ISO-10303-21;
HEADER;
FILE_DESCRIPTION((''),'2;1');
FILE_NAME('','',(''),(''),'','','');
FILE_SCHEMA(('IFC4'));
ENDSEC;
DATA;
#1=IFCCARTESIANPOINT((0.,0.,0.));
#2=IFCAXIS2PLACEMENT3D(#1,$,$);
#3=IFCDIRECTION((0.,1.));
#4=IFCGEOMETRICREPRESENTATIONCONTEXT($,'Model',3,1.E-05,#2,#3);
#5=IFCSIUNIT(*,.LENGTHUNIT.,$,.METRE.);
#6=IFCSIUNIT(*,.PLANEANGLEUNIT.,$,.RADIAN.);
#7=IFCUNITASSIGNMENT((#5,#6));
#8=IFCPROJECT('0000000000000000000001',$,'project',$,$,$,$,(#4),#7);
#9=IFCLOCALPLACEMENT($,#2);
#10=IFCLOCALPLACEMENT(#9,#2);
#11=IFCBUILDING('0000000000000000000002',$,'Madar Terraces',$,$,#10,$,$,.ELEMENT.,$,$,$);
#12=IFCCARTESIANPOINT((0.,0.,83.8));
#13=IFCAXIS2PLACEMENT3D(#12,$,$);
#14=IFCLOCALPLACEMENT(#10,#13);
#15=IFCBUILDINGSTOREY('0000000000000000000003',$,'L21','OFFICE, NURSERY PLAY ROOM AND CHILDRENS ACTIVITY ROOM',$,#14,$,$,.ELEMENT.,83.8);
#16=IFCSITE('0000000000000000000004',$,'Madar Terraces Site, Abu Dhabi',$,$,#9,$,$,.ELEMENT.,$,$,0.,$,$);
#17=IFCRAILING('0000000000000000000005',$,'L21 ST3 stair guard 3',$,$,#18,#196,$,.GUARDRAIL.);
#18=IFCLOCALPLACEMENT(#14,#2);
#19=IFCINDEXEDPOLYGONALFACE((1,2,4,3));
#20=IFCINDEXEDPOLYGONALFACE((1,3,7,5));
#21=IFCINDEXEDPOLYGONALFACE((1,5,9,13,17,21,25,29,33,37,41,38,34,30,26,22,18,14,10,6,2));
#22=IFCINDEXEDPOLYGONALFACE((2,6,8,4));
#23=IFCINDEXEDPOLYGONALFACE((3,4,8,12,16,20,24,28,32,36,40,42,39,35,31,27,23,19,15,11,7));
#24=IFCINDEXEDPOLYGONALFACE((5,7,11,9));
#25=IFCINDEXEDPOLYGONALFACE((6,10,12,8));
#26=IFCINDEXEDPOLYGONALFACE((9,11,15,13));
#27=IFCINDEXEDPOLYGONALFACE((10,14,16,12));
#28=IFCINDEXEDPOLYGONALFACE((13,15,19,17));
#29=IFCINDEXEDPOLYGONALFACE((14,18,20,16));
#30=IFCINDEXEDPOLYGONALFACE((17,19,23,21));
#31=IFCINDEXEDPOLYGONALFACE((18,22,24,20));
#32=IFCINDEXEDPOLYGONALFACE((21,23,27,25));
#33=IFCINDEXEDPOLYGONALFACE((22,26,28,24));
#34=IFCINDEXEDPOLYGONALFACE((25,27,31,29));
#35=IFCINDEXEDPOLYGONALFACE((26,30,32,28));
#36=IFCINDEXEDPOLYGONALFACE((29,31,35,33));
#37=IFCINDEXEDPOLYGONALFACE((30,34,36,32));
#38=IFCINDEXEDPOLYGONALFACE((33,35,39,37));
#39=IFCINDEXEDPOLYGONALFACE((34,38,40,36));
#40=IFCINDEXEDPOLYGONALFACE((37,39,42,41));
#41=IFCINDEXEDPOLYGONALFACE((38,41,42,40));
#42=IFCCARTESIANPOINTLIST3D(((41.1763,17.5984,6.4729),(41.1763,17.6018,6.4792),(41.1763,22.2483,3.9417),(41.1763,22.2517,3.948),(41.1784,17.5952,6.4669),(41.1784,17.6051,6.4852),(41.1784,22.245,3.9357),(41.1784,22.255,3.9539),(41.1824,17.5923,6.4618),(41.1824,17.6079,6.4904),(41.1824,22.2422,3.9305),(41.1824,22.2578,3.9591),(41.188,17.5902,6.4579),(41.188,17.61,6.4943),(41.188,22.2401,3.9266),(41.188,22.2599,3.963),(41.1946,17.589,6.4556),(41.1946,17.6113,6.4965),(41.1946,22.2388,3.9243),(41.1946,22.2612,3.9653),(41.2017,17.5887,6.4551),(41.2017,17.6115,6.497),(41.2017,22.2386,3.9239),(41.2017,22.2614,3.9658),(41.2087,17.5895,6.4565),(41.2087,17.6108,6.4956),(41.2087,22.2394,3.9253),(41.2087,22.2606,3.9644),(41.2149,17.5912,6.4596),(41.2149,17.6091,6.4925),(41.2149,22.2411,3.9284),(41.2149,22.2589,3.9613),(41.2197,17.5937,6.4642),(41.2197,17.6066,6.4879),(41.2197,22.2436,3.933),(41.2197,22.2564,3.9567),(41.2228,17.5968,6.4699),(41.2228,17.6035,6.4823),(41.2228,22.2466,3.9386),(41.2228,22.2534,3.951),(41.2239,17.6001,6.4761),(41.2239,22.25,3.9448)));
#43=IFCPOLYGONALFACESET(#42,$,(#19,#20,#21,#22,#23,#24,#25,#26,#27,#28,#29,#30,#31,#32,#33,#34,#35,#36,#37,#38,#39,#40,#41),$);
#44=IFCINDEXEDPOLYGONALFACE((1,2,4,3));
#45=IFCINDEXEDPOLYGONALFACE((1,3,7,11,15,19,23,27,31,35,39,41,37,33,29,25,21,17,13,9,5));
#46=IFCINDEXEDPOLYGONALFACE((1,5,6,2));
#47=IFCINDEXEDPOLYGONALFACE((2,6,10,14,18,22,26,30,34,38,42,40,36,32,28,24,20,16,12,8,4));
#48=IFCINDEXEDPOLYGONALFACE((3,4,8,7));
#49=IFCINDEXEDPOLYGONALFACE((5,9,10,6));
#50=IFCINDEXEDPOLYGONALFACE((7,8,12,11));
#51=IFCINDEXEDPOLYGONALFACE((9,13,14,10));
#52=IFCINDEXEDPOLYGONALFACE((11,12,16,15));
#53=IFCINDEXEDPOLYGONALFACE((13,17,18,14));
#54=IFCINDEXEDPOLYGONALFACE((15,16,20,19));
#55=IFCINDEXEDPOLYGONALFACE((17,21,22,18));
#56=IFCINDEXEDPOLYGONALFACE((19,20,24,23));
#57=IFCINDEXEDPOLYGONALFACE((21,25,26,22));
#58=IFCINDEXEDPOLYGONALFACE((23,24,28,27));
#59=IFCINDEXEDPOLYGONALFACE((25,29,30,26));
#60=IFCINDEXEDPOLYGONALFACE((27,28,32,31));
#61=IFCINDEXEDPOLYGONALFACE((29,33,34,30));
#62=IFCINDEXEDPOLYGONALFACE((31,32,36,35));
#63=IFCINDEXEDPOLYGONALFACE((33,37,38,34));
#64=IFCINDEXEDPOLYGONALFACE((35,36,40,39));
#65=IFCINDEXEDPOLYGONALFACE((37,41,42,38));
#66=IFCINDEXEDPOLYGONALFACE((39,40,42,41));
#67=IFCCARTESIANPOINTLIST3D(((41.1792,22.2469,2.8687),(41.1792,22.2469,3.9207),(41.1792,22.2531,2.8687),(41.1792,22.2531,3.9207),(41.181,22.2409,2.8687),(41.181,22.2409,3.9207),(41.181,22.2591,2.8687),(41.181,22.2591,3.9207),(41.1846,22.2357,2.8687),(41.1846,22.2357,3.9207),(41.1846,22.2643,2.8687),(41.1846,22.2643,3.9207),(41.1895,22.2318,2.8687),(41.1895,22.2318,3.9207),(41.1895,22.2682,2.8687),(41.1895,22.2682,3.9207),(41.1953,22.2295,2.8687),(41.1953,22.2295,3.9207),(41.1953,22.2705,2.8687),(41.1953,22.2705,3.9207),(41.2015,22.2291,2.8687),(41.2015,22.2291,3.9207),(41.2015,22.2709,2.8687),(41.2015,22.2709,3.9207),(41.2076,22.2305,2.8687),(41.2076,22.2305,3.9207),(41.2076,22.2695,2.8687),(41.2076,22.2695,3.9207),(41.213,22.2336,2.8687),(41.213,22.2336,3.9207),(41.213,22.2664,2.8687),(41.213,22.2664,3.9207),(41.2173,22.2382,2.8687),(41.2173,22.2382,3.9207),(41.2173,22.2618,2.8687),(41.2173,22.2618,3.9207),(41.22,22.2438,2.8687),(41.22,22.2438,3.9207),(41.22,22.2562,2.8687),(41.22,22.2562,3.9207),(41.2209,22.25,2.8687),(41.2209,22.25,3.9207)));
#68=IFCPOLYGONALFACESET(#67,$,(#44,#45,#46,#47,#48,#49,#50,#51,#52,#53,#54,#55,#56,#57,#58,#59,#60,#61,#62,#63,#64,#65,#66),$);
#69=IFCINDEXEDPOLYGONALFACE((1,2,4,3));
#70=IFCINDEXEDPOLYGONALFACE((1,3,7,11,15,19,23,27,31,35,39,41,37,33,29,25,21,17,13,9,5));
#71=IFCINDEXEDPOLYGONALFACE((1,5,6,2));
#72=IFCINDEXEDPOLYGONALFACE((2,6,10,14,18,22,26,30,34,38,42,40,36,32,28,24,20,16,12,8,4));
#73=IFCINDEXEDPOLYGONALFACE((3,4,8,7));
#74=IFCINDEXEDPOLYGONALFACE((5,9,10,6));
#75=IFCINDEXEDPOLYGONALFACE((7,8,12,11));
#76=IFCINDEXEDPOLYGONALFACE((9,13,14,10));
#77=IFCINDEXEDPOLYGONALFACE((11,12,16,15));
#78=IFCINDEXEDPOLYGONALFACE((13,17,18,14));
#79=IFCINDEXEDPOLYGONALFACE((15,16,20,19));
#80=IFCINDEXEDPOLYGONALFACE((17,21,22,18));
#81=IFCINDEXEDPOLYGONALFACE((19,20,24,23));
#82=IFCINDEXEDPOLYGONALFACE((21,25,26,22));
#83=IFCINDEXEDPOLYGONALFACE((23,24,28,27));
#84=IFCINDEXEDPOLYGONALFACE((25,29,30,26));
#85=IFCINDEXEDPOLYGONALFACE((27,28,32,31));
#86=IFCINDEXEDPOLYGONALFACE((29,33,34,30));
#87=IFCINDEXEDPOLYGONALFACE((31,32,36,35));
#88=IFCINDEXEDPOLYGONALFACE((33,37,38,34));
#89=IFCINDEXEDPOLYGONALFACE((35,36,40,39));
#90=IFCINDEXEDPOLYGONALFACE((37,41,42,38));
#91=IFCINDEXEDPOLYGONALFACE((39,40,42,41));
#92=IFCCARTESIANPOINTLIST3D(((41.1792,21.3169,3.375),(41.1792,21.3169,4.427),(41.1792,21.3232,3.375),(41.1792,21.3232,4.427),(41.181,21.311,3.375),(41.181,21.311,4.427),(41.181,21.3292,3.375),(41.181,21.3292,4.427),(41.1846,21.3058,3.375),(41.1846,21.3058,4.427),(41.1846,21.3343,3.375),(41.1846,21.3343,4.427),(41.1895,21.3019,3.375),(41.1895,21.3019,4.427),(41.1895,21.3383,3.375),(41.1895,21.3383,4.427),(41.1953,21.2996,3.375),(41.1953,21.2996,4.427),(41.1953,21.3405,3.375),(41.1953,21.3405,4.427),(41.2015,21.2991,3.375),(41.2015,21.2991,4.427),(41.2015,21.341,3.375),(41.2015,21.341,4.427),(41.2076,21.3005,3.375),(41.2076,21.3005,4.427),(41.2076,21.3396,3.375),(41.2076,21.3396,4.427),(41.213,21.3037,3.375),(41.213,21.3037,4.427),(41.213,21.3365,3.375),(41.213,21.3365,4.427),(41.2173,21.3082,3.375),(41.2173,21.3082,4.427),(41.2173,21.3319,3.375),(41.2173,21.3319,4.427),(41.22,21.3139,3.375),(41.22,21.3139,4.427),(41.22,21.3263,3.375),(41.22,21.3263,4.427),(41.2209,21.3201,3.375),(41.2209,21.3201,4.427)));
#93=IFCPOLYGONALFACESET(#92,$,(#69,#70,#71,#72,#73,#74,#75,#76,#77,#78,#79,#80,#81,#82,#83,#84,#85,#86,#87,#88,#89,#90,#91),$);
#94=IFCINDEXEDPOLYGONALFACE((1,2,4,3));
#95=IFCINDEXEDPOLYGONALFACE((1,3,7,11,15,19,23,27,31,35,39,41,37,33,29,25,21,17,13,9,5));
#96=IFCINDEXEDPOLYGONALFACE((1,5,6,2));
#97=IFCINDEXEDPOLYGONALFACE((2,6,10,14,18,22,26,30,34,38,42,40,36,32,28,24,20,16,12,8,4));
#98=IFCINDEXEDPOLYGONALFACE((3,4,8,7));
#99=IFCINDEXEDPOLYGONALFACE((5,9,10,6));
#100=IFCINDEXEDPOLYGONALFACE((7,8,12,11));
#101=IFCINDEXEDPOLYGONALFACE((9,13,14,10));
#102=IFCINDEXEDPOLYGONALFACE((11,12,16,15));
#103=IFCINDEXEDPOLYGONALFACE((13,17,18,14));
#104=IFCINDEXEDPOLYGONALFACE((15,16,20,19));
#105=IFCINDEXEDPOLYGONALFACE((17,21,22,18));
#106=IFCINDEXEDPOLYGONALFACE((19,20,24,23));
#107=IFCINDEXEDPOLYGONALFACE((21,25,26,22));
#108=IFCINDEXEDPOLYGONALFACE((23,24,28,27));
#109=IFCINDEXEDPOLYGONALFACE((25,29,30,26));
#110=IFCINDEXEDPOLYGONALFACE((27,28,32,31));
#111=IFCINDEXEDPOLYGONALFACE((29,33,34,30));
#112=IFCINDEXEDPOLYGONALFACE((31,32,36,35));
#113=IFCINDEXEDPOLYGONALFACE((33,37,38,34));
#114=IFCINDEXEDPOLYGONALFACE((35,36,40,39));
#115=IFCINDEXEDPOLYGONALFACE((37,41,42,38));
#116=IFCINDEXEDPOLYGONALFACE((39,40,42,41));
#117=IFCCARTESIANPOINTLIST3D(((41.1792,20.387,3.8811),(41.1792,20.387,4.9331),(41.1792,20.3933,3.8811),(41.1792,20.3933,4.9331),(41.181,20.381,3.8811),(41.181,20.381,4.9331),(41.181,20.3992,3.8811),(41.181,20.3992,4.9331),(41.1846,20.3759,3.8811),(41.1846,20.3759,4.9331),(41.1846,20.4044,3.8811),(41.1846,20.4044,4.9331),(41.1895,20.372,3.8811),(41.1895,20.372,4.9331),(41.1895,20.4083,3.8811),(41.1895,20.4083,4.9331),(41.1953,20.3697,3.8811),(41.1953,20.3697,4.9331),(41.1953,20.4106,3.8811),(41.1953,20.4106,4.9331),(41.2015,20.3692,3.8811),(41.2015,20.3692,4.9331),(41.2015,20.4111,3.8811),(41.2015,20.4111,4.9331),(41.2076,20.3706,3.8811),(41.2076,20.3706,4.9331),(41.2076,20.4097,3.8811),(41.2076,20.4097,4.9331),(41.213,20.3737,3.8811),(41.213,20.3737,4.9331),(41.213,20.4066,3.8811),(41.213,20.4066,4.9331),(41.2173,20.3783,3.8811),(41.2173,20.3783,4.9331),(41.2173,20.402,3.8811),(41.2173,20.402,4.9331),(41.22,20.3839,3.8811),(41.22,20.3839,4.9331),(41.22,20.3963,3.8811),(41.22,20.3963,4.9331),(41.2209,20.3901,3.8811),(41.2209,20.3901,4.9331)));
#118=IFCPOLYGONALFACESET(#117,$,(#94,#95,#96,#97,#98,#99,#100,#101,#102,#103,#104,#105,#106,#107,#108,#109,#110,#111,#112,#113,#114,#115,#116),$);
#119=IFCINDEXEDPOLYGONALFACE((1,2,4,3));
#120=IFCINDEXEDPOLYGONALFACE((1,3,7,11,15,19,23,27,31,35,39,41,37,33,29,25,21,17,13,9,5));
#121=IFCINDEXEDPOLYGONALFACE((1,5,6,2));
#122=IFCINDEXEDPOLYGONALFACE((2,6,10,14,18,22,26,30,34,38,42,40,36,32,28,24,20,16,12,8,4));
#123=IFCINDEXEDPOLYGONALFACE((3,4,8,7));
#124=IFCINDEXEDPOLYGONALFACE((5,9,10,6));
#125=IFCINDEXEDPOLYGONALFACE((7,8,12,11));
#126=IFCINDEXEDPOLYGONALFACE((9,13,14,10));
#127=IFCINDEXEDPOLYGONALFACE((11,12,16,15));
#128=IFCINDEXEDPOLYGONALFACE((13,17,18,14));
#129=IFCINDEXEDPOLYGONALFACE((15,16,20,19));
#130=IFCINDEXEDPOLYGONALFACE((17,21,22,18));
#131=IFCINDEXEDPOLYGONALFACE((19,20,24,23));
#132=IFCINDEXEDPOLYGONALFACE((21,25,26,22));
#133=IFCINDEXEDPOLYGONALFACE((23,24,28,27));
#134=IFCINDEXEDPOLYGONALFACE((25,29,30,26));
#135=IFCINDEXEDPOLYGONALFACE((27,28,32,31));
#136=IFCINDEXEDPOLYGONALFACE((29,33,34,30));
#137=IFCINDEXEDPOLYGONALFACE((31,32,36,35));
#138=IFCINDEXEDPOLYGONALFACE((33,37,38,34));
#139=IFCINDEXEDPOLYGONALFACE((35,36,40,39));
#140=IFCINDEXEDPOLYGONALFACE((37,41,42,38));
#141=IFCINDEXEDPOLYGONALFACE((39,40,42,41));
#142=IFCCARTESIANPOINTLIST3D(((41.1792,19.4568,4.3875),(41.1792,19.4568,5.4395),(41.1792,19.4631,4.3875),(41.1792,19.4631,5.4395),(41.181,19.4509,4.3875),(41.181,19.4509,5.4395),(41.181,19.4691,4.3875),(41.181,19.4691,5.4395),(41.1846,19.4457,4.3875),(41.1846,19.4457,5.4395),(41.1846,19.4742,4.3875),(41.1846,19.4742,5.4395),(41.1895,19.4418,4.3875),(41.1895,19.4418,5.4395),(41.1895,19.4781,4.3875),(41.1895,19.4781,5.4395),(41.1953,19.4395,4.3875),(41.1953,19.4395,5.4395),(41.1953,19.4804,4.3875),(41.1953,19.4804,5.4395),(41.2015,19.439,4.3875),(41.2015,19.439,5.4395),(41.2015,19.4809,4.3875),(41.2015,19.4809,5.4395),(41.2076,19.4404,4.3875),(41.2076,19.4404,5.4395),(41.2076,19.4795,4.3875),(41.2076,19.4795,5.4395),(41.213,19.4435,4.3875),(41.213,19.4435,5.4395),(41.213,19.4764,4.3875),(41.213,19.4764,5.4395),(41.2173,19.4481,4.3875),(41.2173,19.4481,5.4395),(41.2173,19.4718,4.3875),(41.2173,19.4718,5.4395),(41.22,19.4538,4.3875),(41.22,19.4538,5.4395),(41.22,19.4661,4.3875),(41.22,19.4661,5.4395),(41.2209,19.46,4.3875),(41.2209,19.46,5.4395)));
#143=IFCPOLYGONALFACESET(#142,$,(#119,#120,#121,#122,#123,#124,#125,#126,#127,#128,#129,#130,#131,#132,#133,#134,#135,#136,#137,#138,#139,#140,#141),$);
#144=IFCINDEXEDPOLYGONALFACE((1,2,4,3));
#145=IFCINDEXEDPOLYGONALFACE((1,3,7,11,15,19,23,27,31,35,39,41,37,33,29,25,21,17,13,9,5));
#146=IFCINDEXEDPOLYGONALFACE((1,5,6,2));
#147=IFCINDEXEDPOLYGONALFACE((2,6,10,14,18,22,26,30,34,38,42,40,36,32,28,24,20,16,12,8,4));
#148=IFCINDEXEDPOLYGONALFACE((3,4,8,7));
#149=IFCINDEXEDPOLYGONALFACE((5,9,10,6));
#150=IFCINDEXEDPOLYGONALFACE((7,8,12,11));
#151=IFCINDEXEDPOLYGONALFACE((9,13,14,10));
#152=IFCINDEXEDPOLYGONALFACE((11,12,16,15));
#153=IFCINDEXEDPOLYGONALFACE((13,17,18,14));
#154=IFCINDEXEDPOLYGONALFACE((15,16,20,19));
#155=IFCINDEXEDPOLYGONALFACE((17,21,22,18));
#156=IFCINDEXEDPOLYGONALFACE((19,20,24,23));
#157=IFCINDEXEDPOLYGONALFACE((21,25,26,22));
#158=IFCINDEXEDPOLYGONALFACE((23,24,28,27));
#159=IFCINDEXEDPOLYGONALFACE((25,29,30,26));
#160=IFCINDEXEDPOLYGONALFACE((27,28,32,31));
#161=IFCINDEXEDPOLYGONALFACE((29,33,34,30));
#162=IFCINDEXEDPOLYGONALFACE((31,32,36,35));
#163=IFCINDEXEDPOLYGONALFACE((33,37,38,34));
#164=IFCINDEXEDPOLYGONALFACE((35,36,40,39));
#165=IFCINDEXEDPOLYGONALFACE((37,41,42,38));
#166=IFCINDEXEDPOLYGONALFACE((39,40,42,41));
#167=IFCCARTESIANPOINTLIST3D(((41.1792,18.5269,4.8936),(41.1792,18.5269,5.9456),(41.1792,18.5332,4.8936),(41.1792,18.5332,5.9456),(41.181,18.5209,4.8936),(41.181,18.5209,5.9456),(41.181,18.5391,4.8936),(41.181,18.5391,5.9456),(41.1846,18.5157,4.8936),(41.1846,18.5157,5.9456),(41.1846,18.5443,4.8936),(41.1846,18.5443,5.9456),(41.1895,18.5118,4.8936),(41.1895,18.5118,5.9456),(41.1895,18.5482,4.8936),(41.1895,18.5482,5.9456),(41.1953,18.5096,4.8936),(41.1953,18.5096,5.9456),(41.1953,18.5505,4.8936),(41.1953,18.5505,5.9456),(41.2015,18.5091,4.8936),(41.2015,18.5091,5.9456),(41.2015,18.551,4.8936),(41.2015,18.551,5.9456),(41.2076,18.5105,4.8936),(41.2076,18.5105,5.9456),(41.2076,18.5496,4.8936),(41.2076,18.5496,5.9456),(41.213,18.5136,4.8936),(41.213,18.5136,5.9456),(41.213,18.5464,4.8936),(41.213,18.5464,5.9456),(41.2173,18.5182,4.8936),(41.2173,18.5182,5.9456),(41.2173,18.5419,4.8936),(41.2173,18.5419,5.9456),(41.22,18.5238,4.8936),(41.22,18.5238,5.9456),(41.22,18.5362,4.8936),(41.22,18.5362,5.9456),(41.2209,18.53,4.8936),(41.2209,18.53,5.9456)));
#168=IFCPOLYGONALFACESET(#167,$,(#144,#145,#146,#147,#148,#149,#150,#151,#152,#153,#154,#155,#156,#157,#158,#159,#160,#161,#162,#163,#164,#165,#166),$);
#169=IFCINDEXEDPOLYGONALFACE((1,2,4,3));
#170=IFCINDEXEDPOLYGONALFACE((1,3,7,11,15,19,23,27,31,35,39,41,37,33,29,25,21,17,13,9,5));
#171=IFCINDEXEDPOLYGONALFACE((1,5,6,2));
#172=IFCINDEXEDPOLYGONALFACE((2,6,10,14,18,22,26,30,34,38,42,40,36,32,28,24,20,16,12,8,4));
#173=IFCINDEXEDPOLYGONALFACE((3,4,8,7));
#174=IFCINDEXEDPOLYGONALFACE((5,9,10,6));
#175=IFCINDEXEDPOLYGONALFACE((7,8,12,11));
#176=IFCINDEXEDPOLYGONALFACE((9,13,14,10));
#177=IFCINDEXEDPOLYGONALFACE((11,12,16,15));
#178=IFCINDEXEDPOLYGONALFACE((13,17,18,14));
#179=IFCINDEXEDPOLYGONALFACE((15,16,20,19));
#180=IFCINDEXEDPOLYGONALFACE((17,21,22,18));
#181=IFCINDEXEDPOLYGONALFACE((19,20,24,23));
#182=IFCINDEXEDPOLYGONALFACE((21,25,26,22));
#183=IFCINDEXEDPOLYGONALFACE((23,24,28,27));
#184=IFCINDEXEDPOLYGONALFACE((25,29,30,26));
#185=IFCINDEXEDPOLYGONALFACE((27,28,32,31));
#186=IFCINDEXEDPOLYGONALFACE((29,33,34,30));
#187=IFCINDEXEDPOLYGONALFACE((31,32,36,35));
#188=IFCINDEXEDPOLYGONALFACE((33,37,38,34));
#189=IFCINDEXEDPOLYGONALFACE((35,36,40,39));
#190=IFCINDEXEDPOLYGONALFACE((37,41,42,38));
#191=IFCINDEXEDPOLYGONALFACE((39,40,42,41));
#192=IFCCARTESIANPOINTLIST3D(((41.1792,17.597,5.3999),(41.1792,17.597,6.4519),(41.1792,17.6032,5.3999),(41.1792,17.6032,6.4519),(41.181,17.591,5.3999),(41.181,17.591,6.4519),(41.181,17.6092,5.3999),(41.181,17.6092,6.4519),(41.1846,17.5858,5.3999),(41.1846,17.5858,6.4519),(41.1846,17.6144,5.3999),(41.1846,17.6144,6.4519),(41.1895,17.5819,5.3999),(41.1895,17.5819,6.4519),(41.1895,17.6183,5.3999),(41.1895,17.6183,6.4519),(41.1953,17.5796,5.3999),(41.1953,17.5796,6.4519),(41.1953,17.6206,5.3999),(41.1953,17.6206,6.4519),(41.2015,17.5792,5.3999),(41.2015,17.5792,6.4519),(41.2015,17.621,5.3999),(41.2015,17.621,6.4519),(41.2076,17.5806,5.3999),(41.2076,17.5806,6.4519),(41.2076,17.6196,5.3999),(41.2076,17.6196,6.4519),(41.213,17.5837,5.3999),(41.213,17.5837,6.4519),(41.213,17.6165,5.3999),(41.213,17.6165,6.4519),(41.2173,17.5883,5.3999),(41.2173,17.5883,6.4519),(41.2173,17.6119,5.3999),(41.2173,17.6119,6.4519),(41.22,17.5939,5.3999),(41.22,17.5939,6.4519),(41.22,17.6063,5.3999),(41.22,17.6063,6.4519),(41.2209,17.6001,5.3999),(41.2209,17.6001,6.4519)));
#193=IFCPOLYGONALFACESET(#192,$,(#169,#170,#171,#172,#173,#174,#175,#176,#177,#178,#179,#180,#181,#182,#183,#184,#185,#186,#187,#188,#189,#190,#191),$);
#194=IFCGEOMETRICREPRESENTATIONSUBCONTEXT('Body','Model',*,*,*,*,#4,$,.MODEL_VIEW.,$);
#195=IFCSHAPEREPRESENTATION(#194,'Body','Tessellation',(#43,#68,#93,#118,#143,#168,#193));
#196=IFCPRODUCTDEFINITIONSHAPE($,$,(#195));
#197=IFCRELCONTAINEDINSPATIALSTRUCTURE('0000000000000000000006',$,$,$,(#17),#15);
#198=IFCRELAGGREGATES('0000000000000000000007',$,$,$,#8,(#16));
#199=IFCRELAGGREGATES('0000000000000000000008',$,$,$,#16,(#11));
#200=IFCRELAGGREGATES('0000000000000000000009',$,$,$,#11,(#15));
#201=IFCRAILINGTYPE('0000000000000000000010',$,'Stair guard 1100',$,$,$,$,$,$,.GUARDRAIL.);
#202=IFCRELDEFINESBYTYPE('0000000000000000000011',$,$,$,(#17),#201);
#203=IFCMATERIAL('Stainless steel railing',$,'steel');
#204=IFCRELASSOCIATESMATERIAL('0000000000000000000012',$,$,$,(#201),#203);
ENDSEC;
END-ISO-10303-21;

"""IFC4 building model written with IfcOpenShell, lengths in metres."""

from ifc_helpers import new_model, si_unit, direction, frame, origin, origin_2d, place, context, subcontext, project, spatial, circle, extrude, material, type_object, element, save


model = new_model("IFC4")

# Units and contexts
model_context = context("Model", 3, precision=1e-05, world=origin(), true_north=direction((0.0, 1.0)))
body_context = subcontext(model_context, "Body", "Model", "MODEL_VIEW")
ifc_project = project(units=[si_unit("LENGTHUNIT", "METRE"), si_unit("PLANEANGLEUNIT", "RADIAN")], contexts=[model_context])

# Site, building, storey
site_placement = place(None, origin())
site = spatial("IfcSite", under=ifc_project, at=site_placement, Name="Madar Terraces Site, Abu Dhabi", CompositionType="ELEMENT", RefElevation=0.0)
building_placement = place(site_placement, origin())
building = spatial("IfcBuilding", under=site, at=building_placement, Name="Madar Terraces", CompositionType="ELEMENT")
storey_placement = place(building_placement, frame((0.0, 0.0, 83.8)))
storey = spatial("IfcBuildingStorey", under=building, at=storey_placement, Name="L21", Description="OFFICE, NURSERY PLAY ROOM AND CHILDRENS ACTIVITY ROOM", CompositionType="ELEMENT", Elevation=83.8)

# Railing
ifc_material_1 = material(Name="Stainless steel railing", Category="steel")
railing_type_1 = type_object("IfcRailingType", Name="Stair guard 1100", PredefinedType="GUARDRAIL", material=ifc_material_1)
railing_1_placement = place(storey_placement, frame((41.2, 22.25, 2.8687)))
element("IfcRailing", 1, at=railing_1_placement, inside=storey, type_object=railing_type_1, Name="L21 ST3 stair guard 3", PredefinedType="GUARDRAIL", context=body_context, shape_type="SweptSolid", body=[
    extrude(circle(Radius=0.0239, at=origin_2d()), frame((0.0, 0.0, 1.0762), z_axis=(0.0, -0.878297, 0.478115), x_axis=(1.0, 0.0, 0.0)), (0.0, 0.0, 1.0), 5.2942),
    extrude(circle(Radius=0.021, at=origin_2d()), origin(), (0.0, 0.0, 1.0), 1.052),
    extrude(circle(Radius=0.021, at=origin_2d()), frame((0.0, -0.9299, 0.5063)), (0.0, 0.0, 1.0), 1.052),
    extrude(circle(Radius=0.021, at=origin_2d()), frame((0.0, -1.8599, 1.0125)), (0.0, 0.0, 1.0), 1.052),
    extrude(circle(Radius=0.021, at=origin_2d()), frame((0.0, -2.79, 1.5188)), (0.0, 0.0, 1.0), 1.052),
    extrude(circle(Radius=0.021, at=origin_2d()), frame((0.0, -3.72, 2.0249)), (0.0, 0.0, 1.0), 1.052),
    extrude(circle(Radius=0.021, at=origin_2d()), frame((0.0, -4.6499, 2.5312)), (0.0, 0.0, 1.0), 1.052),
])

save(model, "model.ifc")
